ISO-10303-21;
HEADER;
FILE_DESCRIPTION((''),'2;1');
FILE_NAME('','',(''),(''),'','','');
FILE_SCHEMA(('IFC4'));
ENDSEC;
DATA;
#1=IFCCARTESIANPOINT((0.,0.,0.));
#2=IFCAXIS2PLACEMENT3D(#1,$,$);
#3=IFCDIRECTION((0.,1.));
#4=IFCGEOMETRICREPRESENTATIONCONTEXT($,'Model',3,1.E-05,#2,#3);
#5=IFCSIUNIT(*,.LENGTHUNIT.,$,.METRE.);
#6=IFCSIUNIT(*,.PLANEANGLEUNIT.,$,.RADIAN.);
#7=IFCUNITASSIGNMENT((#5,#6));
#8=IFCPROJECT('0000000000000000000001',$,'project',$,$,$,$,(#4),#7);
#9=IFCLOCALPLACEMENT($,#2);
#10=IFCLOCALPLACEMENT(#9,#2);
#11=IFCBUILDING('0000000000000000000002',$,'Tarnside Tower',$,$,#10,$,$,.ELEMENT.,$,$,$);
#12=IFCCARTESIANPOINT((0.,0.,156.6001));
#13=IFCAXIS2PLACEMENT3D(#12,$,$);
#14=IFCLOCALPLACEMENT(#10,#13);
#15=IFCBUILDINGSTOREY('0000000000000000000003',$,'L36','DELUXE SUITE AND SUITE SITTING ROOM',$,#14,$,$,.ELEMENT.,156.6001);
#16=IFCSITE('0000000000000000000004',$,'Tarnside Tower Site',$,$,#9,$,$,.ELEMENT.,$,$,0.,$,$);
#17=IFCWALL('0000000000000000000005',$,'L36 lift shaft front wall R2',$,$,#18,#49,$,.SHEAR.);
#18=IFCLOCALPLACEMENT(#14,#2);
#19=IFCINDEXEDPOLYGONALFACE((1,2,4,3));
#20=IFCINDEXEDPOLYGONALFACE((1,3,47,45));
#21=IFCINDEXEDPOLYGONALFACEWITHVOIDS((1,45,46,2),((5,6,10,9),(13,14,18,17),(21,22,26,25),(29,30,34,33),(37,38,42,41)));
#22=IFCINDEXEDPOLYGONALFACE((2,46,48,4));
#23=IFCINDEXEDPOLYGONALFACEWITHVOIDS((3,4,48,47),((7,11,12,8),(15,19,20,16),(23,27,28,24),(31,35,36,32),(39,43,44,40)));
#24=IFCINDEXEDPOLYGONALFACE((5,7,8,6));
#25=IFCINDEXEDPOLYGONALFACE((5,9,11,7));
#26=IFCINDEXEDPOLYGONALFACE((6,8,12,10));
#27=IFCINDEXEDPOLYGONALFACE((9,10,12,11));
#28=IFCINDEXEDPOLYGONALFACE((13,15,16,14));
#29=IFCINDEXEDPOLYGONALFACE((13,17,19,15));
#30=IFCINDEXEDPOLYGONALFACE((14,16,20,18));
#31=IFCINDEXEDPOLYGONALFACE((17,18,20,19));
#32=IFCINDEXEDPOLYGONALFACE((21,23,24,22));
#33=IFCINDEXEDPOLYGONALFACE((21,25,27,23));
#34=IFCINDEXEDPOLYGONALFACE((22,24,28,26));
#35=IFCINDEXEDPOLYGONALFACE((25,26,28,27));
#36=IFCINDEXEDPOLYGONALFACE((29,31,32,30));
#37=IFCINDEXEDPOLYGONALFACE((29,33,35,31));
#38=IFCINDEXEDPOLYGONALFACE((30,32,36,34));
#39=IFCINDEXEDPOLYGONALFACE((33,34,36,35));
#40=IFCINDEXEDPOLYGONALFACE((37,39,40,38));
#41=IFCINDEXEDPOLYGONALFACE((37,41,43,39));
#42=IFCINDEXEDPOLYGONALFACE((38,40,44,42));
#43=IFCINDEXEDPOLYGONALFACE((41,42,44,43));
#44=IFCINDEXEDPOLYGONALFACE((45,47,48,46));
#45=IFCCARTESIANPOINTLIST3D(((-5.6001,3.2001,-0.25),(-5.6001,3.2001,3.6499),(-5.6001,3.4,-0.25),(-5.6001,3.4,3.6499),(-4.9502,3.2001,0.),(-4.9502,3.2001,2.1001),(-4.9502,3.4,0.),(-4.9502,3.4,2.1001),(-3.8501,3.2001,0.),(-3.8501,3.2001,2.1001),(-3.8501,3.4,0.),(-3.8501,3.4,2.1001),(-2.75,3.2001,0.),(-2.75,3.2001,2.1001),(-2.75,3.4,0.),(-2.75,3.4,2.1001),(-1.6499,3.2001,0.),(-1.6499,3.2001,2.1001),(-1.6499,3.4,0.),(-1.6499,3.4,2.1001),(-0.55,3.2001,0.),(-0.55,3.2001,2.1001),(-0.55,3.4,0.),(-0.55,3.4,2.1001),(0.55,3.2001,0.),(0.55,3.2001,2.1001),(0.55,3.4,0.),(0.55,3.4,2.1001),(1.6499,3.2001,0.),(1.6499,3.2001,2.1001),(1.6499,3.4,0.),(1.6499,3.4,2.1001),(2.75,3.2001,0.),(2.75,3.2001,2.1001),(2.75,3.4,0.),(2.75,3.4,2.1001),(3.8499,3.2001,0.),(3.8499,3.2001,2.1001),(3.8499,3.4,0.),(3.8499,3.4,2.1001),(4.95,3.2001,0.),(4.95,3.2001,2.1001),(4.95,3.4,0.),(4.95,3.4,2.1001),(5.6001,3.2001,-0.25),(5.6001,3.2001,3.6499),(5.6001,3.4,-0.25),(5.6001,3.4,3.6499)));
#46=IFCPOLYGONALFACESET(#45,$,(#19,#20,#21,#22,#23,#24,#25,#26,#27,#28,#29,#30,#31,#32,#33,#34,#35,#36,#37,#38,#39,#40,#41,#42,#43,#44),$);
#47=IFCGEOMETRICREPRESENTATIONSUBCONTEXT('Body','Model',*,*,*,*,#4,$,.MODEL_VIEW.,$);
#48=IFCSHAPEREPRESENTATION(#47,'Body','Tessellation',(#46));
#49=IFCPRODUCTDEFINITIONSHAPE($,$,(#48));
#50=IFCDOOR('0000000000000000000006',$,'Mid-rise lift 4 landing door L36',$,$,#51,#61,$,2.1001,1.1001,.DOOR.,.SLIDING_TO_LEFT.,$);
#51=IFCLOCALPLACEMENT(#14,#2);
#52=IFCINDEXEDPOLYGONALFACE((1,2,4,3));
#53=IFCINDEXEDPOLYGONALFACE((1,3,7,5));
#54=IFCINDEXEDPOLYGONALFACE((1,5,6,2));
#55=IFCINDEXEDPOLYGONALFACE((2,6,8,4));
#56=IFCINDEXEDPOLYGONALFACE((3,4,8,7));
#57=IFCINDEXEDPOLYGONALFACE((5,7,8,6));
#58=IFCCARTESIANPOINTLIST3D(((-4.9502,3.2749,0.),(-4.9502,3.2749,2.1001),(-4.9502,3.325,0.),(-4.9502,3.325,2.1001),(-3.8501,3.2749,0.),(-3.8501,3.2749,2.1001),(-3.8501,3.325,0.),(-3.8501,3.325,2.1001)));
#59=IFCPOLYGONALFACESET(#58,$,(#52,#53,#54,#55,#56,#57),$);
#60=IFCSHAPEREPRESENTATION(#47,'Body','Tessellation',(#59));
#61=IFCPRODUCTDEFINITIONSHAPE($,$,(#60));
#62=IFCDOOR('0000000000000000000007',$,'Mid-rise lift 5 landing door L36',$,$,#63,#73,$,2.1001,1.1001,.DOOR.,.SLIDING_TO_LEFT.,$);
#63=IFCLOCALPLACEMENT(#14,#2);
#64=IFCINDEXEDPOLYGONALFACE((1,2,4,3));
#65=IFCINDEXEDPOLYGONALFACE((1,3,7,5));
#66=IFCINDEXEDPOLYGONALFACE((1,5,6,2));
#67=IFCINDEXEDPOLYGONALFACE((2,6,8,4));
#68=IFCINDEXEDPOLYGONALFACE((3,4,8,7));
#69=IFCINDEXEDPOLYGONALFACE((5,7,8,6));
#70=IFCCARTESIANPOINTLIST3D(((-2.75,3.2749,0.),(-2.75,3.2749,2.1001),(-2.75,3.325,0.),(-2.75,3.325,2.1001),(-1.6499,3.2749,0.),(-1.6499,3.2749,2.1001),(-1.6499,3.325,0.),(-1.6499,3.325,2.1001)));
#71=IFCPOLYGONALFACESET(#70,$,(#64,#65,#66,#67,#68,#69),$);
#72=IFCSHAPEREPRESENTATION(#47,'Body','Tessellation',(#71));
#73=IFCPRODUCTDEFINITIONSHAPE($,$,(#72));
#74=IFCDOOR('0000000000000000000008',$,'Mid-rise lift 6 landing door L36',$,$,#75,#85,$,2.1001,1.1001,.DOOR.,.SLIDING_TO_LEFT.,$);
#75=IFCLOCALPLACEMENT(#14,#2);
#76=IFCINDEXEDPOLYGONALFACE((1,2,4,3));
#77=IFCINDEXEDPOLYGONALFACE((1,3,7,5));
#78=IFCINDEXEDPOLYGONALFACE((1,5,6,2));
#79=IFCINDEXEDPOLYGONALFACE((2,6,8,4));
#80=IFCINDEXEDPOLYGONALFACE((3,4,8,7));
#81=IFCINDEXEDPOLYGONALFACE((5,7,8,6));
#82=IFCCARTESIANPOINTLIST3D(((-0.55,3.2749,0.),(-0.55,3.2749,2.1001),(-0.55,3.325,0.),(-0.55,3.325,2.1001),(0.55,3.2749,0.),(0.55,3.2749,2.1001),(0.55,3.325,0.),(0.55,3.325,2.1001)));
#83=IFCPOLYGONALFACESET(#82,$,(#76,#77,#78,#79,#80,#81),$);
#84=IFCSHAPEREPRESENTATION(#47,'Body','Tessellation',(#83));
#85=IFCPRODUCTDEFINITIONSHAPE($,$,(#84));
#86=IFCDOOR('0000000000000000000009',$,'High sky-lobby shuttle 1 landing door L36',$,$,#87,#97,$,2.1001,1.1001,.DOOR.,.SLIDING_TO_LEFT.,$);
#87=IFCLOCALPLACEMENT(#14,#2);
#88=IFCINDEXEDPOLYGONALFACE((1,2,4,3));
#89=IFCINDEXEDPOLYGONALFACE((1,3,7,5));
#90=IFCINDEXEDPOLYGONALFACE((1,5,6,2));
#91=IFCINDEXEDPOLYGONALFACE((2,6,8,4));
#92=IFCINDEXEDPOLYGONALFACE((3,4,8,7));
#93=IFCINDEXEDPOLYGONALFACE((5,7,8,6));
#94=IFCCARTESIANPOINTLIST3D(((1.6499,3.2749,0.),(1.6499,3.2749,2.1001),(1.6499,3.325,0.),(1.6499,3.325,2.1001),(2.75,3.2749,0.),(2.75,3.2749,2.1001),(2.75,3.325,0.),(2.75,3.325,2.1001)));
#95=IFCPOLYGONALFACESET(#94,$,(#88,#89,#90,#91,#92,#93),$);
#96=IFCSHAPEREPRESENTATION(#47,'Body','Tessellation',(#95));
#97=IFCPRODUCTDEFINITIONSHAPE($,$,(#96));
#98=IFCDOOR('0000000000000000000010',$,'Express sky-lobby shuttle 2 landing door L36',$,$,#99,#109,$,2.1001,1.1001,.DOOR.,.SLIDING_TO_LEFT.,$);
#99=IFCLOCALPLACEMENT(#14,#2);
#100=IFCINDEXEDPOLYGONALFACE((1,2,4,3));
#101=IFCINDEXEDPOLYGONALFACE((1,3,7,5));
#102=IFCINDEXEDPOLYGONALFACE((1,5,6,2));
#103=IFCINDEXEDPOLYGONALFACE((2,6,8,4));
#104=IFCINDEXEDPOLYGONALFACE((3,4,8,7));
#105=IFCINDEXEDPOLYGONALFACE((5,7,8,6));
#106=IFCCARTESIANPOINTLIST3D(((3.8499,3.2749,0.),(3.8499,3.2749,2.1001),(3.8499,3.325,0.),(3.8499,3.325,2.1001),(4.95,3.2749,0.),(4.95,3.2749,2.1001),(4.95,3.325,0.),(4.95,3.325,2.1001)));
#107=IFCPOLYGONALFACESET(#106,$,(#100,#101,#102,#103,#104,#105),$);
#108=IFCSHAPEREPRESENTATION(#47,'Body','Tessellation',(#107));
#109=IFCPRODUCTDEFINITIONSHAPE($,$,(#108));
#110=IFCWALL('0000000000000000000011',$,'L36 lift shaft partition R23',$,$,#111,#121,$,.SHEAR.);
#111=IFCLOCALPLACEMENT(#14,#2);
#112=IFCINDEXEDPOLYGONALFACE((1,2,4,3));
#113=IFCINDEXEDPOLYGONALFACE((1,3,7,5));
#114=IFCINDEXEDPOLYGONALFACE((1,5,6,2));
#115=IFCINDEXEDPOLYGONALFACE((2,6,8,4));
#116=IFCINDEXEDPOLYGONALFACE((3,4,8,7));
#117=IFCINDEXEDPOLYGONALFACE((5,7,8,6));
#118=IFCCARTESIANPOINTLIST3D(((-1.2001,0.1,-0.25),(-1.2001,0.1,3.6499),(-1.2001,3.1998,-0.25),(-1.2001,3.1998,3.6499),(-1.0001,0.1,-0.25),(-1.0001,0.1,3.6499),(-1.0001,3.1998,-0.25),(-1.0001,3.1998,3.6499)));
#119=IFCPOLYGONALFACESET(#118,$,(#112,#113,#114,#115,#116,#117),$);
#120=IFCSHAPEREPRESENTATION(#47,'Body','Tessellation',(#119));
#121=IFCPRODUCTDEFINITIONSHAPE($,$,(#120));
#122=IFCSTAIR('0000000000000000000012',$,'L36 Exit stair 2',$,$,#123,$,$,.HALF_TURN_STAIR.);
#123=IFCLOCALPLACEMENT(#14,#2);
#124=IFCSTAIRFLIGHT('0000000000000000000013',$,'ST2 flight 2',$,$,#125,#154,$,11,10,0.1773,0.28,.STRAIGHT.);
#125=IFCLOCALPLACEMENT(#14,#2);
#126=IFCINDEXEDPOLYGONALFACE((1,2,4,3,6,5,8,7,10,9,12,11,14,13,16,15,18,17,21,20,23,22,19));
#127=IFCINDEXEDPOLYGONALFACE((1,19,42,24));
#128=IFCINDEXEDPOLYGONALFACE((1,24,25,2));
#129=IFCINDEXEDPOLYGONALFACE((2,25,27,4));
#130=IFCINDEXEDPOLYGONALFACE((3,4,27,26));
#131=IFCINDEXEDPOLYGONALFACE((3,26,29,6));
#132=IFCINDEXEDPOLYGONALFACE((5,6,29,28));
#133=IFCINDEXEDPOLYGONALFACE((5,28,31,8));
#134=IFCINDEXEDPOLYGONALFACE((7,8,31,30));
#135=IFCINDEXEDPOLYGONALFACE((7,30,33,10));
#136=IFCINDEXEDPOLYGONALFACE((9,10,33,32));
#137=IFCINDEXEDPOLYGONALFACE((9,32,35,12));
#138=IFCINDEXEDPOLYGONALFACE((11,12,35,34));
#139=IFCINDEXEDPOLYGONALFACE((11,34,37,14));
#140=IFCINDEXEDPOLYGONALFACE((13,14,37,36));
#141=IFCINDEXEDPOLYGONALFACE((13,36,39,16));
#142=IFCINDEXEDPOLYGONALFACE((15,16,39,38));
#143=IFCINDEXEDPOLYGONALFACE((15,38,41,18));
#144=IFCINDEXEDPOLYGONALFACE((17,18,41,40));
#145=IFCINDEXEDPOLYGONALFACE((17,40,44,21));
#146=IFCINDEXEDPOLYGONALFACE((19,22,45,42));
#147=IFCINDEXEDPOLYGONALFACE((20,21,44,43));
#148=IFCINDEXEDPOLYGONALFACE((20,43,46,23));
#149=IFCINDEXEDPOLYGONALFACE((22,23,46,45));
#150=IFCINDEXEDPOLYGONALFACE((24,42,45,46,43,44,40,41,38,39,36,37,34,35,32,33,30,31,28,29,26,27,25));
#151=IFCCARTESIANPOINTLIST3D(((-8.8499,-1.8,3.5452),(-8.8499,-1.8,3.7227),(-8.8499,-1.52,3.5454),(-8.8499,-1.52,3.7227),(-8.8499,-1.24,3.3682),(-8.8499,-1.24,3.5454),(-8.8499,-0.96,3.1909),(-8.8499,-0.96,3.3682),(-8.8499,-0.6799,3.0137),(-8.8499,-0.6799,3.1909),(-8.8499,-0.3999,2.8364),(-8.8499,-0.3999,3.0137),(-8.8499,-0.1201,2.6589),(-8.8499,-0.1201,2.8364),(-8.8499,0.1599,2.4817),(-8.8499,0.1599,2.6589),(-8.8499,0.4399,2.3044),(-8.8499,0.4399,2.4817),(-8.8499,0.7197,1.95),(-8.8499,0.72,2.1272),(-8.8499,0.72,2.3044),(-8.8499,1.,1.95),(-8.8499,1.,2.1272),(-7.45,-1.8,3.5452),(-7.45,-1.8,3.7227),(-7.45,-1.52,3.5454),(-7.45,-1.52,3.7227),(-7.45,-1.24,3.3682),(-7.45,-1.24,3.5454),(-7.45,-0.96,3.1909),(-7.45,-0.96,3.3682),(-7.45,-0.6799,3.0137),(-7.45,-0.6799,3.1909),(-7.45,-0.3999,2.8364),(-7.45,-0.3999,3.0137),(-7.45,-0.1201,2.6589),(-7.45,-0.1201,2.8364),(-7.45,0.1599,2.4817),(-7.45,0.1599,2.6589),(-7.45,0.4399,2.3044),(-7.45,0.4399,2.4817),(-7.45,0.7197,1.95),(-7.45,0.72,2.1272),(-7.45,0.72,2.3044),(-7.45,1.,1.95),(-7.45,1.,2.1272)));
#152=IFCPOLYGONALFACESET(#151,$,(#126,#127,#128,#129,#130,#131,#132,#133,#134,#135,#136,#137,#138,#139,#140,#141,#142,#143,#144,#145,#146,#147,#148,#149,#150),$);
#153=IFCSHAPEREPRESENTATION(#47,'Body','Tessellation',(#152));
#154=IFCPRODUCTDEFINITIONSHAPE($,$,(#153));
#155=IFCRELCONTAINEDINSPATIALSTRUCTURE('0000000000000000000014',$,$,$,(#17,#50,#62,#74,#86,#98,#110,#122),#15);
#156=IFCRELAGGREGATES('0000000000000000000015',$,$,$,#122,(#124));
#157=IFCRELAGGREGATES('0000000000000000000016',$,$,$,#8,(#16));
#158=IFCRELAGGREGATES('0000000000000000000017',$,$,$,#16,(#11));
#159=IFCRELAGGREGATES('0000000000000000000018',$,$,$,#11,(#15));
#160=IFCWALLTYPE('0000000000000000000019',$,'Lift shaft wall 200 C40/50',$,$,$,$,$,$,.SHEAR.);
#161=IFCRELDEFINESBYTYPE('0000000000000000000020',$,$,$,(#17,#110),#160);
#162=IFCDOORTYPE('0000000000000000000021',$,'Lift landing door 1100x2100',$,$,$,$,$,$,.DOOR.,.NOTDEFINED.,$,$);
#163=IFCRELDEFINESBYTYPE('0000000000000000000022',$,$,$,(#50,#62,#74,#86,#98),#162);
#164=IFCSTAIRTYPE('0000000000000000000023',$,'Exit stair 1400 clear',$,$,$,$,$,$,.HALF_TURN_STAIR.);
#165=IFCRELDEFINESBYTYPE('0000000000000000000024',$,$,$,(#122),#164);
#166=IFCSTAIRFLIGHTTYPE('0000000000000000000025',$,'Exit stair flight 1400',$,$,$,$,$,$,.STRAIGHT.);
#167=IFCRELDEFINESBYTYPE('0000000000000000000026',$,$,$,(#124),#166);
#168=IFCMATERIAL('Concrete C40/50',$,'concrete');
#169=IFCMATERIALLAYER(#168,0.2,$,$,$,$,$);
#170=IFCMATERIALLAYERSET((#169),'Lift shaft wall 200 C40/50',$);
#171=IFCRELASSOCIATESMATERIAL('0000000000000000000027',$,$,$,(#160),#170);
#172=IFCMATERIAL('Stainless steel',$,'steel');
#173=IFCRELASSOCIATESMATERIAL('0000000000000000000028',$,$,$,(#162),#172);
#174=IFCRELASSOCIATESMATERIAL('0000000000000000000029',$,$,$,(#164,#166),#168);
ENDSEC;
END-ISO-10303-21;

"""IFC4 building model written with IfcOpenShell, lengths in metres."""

from ifc_helpers import new_model, si_unit, direction, frame, frame_2d, origin, place, context, subcontext, project, spatial, polyline, rectangle, outline, extrude, material, layer, layer_set, type_object, element, fill, aggregate, save


model = new_model("IFC4")

# Units and contexts
model_context = context("Model", 3, precision=1e-05, world=origin(), true_north=direction((0.0, 1.0)))
body_context = subcontext(model_context, "Body", "Model", "MODEL_VIEW")
ifc_project = project(units=[si_unit("LENGTHUNIT", "METRE"), si_unit("PLANEANGLEUNIT", "RADIAN")], contexts=[model_context])

# Site, building, storey
site_placement = place(None, origin())
site = spatial("IfcSite", under=ifc_project, at=site_placement, Name="Tarnside Tower Site", CompositionType="ELEMENT", RefElevation=0.0)
building_placement = place(site_placement, origin())
building = spatial("IfcBuilding", under=site, at=building_placement, Name="Tarnside Tower", CompositionType="ELEMENT")
storey_placement = place(building_placement, frame((0.0, 0.0, 156.6001)))
storey = spatial("IfcBuildingStorey", under=building, at=storey_placement, Name="L36", Description="DELUXE SUITE AND SUITE SITTING ROOM", CompositionType="ELEMENT", Elevation=156.6001)

# Shared definitions
ifc_material_1 = material(Name="Concrete C40/50", Category="concrete")
ifc_layer = layer(ifc_material_1, 0.2)
ifc_layer_set = layer_set([ifc_layer], Name="Lift shaft wall 200 C40/50")
wall_type = type_object("IfcWallType", Name="Lift shaft wall 200 C40/50", PredefinedType="SHEAR", material=ifc_layer_set)
ifc_material_2 = material(Name="Stainless steel", Category="steel")
door_type_1 = type_object("IfcDoorType", Name="Lift landing door 1100x2100", OperationType="NOTDEFINED", PredefinedType="DOOR", material=ifc_material_2)

# Wall, openings, doors
wall_1_placement = place(storey_placement, frame((-5.6001, 3.3, -0.25), z_axis=(0.0, 0.0, 1.0), x_axis=(1.0, 0.0, 0.0)))
wall_1 = element("IfcWall", 1, at=wall_1_placement, inside=storey, type_object=wall_type, Name="L36 lift shaft front wall R2", PredefinedType="SHEAR", context=body_context, shape_type="SweptSolid", body=[
    extrude(rectangle(XDim=11.2002, YDim=0.2, at=frame_2d((5.6001, 0.0))), origin(), (0.0, 0.0, 1.0), 3.8999),
])
opening_1_placement = place(wall_1_placement, frame((0.6499, 0.0, 0.25)))
opening_1 = element("IfcOpeningElement", 2, at=opening_1_placement, cuts=wall_1, PredefinedType="OPENING", context=body_context, shape_type="SweptSolid", body=[
    extrude(rectangle(XDim=1.1001, YDim=2.1001, at=frame_2d((0.55, 1.05))), frame((0.0, 0.1099, 0.0), z_axis=(0.0, -1.0, 0.0), x_axis=(1.0, 0.0, 0.0)), (0.0, 0.0, 1.0), 0.22),
])
opening_2_placement = place(wall_1_placement, frame((2.8501, 0.0, 0.25)))
opening_2 = element("IfcOpeningElement", 3, at=opening_2_placement, cuts=wall_1, PredefinedType="OPENING", context=body_context, shape_type="SweptSolid", body=[
    extrude(rectangle(XDim=1.1001, YDim=2.1001, at=frame_2d((0.55, 1.05))), frame((0.0, 0.1099, 0.0), z_axis=(0.0, -1.0, 0.0), x_axis=(1.0, 0.0, 0.0)), (0.0, 0.0, 1.0), 0.22),
])
opening_3_placement = place(wall_1_placement, frame((5.05, 0.0, 0.25)))
opening_3 = element("IfcOpeningElement", 4, at=opening_3_placement, cuts=wall_1, PredefinedType="OPENING", context=body_context, shape_type="SweptSolid", body=[
    extrude(rectangle(XDim=1.1001, YDim=2.1001, at=frame_2d((0.55, 1.05))), frame((0.0, 0.1099, 0.0), z_axis=(0.0, -1.0, 0.0), x_axis=(1.0, 0.0, 0.0)), (0.0, 0.0, 1.0), 0.22),
])
opening_4_placement = place(wall_1_placement, frame((7.25, 0.0, 0.25)))
opening_4 = element("IfcOpeningElement", 5, at=opening_4_placement, cuts=wall_1, PredefinedType="OPENING", context=body_context, shape_type="SweptSolid", body=[
    extrude(rectangle(XDim=1.1001, YDim=2.1001, at=frame_2d((0.55, 1.05))), frame((0.0, 0.1099, 0.0), z_axis=(0.0, -1.0, 0.0), x_axis=(1.0, 0.0, 0.0)), (0.0, 0.0, 1.0), 0.22),
])
opening_5_placement = place(wall_1_placement, frame((9.45, 0.0, 0.25)))
opening_5 = element("IfcOpeningElement", 6, at=opening_5_placement, cuts=wall_1, PredefinedType="OPENING", context=body_context, shape_type="SweptSolid", body=[
    extrude(rectangle(XDim=1.1001, YDim=2.1001, at=frame_2d((0.55, 1.05))), frame((0.0, 0.1099, 0.0), z_axis=(0.0, -1.0, 0.0), x_axis=(1.0, 0.0, 0.0)), (0.0, 0.0, 1.0), 0.22),
])
door_1_placement = place(opening_1_placement, origin())
door_1 = element("IfcDoor", 7, at=door_1_placement, inside=storey, type_object=door_type_1, Name="Mid-rise lift 4 landing door L36", OperationType="SLIDING_TO_LEFT", OverallHeight=2.1001, OverallWidth=1.1001, PredefinedType="DOOR", context=body_context, shape_type="SweptSolid", body=[
    extrude(rectangle(XDim=1.1001, YDim=2.1001, at=frame_2d((0.55, 1.05))), frame((0.0, 0.0249, 0.0), z_axis=(0.0, -1.0, 0.0), x_axis=(1.0, 0.0, 0.0)), (0.0, 0.0, 1.0), 0.05),
])
fill(opening_1, door_1)
door_2_placement = place(opening_2_placement, origin())
door_2 = element("IfcDoor", 8, at=door_2_placement, inside=storey, type_object=door_type_1, Name="Mid-rise lift 5 landing door L36", OperationType="SLIDING_TO_LEFT", OverallHeight=2.1001, OverallWidth=1.1001, PredefinedType="DOOR", context=body_context, shape_type="SweptSolid", body=[
    extrude(rectangle(XDim=1.1001, YDim=2.1001, at=frame_2d((0.55, 1.05))), frame((0.0, 0.0249, 0.0), z_axis=(0.0, -1.0, 0.0), x_axis=(1.0, 0.0, 0.0)), (0.0, 0.0, 1.0), 0.05),
])
fill(opening_2, door_2)
door_3_placement = place(opening_3_placement, origin())
door_3 = element("IfcDoor", 9, at=door_3_placement, inside=storey, type_object=door_type_1, Name="Mid-rise lift 6 landing door L36", OperationType="SLIDING_TO_LEFT", OverallHeight=2.1001, OverallWidth=1.1001, PredefinedType="DOOR", context=body_context, shape_type="SweptSolid", body=[
    extrude(rectangle(XDim=1.1001, YDim=2.1001, at=frame_2d((0.55, 1.05))), frame((0.0, 0.0249, 0.0), z_axis=(0.0, -1.0, 0.0), x_axis=(1.0, 0.0, 0.0)), (0.0, 0.0, 1.0), 0.05),
])
fill(opening_3, door_3)
door_4_placement = place(opening_4_placement, origin())
door_4 = element("IfcDoor", 10, at=door_4_placement, inside=storey, type_object=door_type_1, Name="High sky-lobby shuttle 1 landing door L36", OperationType="SLIDING_TO_LEFT", OverallHeight=2.1001, OverallWidth=1.1001, PredefinedType="DOOR", context=body_context, shape_type="SweptSolid", body=[
    extrude(rectangle(XDim=1.1001, YDim=2.1001, at=frame_2d((0.55, 1.05))), frame((0.0, 0.0249, 0.0), z_axis=(0.0, -1.0, 0.0), x_axis=(1.0, 0.0, 0.0)), (0.0, 0.0, 1.0), 0.05),
])
fill(opening_4, door_4)
door_5_placement = place(opening_5_placement, origin())
door_5 = element("IfcDoor", 11, at=door_5_placement, inside=storey, type_object=door_type_1, Name="Express sky-lobby shuttle 2 landing door L36", OperationType="SLIDING_TO_LEFT", OverallHeight=2.1001, OverallWidth=1.1001, PredefinedType="DOOR", context=body_context, shape_type="SweptSolid", body=[
    extrude(rectangle(XDim=1.1001, YDim=2.1001, at=frame_2d((0.55, 1.05))), frame((0.0, 0.0249, 0.0), z_axis=(0.0, -1.0, 0.0), x_axis=(1.0, 0.0, 0.0)), (0.0, 0.0, 1.0), 0.05),
])
fill(opening_5, door_5)

# Wall
wall_2_placement = place(storey_placement, frame((-1.1001, 0.1001, -0.25), z_axis=(0.0, 0.0, 1.0), x_axis=(0.0, 1.0, 0.0)))
element("IfcWall", 12, at=wall_2_placement, inside=storey, type_object=wall_type, Name="L36 lift shaft partition R23", PredefinedType="SHEAR", context=body_context, shape_type="SweptSolid", body=[
    extrude(rectangle(XDim=3.0999, YDim=0.2, at=frame_2d((1.5498, 0.0))), origin(), (0.0, 0.0, 1.0), 3.8999),
])

# Stair, stair flight
stair_type = type_object("IfcStairType", Name="Exit stair 1400 clear", PredefinedType="HALF_TURN_STAIR", material=ifc_material_1)
stair_placement = place(storey_placement, origin())
stair = element("IfcStair", 13, at=stair_placement, inside=storey, type_object=stair_type, Name="L36 Exit stair 2", PredefinedType="HALF_TURN_STAIR")
stair_flight_type = type_object("IfcStairFlightType", Name="Exit stair flight 1400", PredefinedType="STRAIGHT", material=ifc_material_1)
stair_flight_placement = place(storey_placement, frame((-8.1499, 1.0, 1.95), z_axis=(0.0, 0.0, 1.0), x_axis=(0.0, -1.0, 0.0)))
stair_flight = element("IfcStairFlight", 14, at=stair_flight_placement, type_object=stair_flight_type, Name="ST2 flight 2", NumberOfRisers=11, NumberOfTreads=10, PredefinedType="STRAIGHT", RiserHeight=0.1773, TreadLength=0.28, context=body_context, shape_type="SweptSolid", body=[
    extrude(outline(polyline([(0.0, 0.0), (0.0, 0.1772), (0.28, 0.1772), (0.28, 0.3545), (0.5601, 0.3545), (0.5601, 0.5317), (0.8401, 0.5317), (0.8401, 0.709), (1.1201, 0.709), (1.1201, 0.8865), (1.3999, 0.8865), (1.3999, 1.0637), (1.6799, 1.0637), (1.6799, 1.241), (1.96, 1.241), (1.96, 1.4182), (2.24, 1.4182), (2.24, 1.5955), (2.52, 1.5955), (2.52, 1.7727), (2.8, 1.7727), (2.8, 1.95), (2.8, 1.5952), (0.2803, 0.0), (0.0, 0.0)])), frame((0.0, 0.7, 0.0), z_axis=(0.0, -1.0, 0.0), x_axis=(1.0, 0.0, 0.0)), (0.0, 0.0, 1.0), 1.3999),
])
aggregate(stair, [stair_flight])

save(model, "model.ifc")
